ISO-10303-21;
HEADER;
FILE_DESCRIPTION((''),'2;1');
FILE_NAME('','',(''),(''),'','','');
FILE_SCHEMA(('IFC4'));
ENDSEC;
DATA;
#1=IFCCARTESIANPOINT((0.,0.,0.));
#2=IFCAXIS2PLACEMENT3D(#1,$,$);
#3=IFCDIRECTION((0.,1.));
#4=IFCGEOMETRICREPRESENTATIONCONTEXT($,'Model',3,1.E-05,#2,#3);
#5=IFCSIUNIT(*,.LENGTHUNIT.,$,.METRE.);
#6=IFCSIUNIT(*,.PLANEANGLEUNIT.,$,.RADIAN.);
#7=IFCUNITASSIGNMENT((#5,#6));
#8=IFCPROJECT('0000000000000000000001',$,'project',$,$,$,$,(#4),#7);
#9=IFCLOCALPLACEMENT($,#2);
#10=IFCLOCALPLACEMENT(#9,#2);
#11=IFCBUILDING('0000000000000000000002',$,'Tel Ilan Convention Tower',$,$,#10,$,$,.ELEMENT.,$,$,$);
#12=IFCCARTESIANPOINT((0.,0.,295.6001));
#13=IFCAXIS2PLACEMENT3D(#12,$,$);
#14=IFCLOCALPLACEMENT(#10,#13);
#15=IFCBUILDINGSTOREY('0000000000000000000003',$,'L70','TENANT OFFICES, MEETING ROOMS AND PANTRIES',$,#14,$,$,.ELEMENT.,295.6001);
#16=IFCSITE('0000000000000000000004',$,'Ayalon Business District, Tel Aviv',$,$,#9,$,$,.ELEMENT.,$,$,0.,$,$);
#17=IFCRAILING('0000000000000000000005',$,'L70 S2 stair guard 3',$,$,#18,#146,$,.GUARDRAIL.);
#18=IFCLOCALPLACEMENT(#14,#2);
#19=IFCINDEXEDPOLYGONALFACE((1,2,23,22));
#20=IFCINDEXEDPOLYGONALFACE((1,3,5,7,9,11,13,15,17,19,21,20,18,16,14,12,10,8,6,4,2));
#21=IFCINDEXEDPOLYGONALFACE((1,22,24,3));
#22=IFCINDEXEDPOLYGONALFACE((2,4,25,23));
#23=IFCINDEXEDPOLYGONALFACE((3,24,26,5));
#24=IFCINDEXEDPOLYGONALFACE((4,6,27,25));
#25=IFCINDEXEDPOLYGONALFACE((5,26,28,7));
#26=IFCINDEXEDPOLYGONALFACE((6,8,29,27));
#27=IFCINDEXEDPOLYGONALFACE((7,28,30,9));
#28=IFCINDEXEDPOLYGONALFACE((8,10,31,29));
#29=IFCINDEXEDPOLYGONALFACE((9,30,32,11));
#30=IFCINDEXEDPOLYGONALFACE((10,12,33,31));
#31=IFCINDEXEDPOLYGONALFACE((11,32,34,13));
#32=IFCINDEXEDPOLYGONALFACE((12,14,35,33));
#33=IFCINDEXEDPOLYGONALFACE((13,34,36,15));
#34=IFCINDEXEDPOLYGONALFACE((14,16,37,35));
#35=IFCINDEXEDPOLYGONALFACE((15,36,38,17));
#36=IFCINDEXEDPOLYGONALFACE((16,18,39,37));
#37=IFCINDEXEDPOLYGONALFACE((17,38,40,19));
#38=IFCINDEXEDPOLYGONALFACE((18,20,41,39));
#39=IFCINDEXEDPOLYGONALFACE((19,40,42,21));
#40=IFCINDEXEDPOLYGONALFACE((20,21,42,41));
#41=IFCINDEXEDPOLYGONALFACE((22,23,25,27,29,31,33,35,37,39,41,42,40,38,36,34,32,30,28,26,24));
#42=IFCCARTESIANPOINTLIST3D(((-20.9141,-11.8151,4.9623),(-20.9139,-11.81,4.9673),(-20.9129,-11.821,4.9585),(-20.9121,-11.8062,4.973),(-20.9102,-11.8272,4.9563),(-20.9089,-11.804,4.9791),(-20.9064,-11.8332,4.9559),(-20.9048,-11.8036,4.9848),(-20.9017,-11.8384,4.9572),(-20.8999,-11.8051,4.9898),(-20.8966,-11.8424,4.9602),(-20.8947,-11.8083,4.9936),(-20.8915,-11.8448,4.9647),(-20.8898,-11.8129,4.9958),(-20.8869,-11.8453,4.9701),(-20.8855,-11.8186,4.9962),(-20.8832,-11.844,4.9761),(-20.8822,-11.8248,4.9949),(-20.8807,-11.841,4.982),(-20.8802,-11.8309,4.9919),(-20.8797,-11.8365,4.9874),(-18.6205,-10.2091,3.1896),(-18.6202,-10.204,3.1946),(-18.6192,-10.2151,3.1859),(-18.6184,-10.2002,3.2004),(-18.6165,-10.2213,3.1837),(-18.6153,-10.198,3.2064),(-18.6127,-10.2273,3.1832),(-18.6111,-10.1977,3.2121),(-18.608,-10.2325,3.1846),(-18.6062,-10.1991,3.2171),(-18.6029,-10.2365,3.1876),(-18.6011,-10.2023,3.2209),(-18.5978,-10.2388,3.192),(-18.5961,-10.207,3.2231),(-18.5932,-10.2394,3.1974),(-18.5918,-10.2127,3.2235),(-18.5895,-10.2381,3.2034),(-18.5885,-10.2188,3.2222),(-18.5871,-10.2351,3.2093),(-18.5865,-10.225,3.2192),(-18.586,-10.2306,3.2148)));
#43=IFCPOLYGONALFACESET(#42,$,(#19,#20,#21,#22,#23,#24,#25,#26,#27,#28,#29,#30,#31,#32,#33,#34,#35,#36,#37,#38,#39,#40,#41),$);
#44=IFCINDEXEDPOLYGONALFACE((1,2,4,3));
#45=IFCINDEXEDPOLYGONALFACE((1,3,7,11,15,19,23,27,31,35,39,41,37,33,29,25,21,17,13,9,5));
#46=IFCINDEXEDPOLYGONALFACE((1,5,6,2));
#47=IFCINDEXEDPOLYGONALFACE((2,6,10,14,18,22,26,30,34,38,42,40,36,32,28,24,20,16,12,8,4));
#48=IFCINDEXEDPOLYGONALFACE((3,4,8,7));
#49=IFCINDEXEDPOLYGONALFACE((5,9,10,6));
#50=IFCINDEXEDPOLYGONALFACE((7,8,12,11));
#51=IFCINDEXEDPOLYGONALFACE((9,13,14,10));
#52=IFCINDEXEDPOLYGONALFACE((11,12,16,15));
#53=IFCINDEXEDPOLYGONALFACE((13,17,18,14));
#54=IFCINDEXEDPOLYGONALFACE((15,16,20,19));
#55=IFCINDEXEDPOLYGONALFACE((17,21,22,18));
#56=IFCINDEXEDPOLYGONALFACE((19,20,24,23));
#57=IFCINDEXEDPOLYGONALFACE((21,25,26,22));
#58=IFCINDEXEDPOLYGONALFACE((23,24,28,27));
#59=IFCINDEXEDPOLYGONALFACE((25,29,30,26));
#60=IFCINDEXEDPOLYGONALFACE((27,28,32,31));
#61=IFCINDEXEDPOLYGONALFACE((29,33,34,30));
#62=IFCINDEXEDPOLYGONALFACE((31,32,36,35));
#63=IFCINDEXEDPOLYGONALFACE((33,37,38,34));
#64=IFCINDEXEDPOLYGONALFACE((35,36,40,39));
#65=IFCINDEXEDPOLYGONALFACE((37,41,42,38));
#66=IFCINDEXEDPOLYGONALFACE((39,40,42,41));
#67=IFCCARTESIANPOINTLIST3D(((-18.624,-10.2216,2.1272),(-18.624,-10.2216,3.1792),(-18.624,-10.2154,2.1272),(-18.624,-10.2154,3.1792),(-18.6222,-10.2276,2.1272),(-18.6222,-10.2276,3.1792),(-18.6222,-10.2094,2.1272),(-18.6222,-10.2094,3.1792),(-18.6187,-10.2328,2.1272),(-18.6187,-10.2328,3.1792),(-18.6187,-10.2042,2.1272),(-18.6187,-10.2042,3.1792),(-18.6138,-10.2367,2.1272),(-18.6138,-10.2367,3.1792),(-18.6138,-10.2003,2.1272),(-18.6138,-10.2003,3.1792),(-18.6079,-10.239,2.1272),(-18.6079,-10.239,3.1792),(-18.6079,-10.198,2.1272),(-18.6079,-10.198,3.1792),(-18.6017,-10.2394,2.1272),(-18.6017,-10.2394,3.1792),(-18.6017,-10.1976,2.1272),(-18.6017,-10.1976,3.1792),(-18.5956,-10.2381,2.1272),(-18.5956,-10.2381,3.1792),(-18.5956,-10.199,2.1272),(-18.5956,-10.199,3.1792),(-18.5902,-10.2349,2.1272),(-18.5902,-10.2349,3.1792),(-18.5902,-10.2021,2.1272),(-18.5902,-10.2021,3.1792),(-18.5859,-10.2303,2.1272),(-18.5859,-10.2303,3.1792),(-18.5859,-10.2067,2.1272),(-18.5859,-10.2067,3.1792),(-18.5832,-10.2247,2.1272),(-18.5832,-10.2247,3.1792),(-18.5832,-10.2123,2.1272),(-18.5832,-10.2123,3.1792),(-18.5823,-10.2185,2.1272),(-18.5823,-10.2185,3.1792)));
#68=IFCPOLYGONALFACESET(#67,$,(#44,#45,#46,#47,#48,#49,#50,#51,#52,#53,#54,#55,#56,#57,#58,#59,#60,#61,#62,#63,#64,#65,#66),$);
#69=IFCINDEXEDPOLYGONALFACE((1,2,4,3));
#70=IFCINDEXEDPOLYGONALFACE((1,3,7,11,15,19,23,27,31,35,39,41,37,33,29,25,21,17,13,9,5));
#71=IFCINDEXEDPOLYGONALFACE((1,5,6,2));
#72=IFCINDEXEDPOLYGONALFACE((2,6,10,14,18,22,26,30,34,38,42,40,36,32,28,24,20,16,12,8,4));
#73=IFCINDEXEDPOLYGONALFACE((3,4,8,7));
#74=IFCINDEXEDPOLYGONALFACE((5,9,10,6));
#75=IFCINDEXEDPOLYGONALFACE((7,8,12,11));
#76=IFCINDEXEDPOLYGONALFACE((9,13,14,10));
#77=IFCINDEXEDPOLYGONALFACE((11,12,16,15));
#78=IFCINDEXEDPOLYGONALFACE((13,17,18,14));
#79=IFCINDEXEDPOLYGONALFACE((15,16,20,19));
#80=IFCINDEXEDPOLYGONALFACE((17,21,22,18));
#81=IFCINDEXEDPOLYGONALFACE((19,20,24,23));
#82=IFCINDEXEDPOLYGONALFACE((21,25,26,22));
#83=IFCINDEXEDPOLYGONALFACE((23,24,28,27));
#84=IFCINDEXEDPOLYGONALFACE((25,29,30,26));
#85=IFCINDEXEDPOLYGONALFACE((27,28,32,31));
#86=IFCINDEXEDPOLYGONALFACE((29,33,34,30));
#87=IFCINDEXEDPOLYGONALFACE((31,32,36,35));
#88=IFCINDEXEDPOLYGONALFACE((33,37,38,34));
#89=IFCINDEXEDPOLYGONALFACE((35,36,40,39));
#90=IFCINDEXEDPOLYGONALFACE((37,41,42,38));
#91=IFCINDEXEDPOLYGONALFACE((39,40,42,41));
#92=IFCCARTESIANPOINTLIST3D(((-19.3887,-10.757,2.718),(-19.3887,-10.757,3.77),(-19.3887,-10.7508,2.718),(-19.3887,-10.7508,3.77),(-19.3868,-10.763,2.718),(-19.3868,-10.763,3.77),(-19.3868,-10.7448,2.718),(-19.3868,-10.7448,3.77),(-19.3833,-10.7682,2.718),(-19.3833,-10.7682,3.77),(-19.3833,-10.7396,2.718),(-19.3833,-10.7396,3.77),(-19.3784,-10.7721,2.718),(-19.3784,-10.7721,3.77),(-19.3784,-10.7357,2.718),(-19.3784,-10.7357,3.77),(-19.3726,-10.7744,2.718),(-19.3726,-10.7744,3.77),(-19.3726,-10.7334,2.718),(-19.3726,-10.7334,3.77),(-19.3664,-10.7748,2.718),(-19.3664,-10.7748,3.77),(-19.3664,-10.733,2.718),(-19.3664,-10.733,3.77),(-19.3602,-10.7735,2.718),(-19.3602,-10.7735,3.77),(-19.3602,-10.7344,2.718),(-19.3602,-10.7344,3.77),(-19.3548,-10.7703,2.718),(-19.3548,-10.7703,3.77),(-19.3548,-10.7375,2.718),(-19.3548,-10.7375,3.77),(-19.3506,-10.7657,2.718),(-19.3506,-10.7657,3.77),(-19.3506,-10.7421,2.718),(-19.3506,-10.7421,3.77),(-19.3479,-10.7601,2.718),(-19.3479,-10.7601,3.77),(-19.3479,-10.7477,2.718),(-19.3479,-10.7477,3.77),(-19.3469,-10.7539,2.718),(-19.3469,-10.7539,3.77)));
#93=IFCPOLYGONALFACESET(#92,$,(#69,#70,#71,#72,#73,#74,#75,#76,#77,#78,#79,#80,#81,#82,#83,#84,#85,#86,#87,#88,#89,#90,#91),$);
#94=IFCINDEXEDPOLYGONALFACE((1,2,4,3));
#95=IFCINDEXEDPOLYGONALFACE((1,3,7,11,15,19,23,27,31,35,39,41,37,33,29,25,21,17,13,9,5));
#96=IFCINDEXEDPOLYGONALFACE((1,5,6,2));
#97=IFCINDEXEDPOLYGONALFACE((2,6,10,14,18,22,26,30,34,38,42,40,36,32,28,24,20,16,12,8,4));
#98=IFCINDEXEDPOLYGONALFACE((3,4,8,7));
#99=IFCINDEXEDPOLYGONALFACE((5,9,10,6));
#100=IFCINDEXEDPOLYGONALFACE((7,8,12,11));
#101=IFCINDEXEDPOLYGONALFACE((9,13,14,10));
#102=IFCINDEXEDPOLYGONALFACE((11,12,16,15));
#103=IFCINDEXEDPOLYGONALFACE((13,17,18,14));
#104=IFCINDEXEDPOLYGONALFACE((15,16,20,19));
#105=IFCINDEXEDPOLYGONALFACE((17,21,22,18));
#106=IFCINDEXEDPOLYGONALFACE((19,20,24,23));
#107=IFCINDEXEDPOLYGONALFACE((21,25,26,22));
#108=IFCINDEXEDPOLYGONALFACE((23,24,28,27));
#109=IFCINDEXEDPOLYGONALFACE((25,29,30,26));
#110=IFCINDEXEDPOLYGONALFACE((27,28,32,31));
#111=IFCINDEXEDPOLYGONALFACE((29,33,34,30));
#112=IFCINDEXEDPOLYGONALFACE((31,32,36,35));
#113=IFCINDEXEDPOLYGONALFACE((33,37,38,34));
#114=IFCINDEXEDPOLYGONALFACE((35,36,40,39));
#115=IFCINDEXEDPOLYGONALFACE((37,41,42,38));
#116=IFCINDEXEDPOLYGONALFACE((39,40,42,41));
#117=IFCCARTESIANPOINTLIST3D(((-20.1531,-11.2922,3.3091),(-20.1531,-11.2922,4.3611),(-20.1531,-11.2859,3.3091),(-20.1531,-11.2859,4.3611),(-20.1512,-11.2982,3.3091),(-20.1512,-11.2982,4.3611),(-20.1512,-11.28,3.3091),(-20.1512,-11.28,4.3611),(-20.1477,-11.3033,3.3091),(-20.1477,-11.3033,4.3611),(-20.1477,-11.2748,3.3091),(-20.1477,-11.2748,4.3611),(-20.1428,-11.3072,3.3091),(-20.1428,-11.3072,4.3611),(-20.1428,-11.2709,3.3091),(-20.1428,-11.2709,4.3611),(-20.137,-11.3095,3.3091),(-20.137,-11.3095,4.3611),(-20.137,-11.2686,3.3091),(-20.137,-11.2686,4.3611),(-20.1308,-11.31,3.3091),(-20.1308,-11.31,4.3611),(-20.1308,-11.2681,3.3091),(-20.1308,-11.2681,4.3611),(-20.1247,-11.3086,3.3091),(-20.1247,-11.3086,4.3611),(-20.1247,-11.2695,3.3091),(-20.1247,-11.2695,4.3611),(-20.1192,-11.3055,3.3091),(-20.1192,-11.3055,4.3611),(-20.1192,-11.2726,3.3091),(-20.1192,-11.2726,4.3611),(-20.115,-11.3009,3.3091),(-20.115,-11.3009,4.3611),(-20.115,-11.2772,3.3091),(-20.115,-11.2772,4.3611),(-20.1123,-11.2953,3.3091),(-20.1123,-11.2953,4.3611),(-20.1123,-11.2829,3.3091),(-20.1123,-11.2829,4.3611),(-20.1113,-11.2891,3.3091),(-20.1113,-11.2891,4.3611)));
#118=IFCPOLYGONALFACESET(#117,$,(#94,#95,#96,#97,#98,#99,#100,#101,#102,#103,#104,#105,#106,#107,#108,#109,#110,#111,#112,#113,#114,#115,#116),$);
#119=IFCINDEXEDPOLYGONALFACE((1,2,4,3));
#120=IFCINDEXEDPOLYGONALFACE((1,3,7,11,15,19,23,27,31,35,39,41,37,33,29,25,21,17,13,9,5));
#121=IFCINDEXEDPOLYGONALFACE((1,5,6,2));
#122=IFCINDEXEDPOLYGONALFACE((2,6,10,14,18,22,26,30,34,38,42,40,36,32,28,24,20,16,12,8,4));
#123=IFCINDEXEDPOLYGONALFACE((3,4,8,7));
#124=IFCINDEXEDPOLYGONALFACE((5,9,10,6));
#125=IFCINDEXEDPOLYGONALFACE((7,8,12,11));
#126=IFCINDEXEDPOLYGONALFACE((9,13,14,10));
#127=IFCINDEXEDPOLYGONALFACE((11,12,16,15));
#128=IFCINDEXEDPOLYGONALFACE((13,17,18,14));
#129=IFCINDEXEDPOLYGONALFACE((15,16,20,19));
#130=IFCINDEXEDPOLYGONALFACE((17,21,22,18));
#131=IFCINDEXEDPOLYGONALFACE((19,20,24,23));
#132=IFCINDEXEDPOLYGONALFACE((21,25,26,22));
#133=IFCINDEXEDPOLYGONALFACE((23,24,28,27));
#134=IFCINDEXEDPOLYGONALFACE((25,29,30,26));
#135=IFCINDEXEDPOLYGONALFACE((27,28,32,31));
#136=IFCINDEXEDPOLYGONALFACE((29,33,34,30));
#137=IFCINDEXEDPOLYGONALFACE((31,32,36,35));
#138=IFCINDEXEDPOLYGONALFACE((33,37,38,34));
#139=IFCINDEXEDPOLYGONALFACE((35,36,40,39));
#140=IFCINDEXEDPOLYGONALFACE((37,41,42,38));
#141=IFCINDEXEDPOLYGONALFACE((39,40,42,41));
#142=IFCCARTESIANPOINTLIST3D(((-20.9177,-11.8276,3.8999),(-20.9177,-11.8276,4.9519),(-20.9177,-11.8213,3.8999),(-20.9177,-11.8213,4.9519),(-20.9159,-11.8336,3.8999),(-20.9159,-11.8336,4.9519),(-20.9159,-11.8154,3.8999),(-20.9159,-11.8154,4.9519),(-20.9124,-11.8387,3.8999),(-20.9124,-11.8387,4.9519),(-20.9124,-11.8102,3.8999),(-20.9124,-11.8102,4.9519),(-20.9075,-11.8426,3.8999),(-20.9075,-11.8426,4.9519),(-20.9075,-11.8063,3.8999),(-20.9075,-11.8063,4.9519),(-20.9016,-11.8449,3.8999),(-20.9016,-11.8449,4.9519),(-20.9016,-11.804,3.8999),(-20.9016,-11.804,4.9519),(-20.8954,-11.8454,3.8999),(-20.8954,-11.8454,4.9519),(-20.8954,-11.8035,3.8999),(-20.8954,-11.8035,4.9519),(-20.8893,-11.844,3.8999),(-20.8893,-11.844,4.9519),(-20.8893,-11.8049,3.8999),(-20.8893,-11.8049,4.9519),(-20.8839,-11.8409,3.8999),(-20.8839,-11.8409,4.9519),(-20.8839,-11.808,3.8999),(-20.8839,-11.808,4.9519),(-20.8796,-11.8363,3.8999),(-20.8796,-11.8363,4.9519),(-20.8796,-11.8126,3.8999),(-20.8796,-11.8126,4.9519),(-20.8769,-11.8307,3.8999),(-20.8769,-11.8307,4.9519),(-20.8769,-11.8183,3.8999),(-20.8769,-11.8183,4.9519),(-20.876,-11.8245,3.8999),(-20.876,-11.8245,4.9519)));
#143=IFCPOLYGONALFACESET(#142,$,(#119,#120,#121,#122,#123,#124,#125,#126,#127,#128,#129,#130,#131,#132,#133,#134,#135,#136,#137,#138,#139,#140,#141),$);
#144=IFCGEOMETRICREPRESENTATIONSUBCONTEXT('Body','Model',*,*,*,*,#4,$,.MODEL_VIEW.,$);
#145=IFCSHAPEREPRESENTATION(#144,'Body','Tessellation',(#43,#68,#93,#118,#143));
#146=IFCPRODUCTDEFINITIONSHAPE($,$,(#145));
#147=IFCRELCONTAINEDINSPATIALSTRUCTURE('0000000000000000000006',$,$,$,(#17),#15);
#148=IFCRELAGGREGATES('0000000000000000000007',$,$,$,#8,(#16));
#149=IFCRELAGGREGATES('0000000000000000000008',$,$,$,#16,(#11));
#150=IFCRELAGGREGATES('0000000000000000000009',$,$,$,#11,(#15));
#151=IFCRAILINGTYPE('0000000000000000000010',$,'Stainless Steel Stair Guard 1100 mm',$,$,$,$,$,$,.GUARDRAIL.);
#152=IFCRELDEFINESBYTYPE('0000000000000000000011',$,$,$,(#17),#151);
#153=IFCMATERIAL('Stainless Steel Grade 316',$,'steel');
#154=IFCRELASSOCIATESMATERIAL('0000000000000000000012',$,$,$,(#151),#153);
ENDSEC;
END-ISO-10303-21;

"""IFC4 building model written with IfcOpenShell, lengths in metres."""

from ifc_helpers import new_model, si_unit, direction, frame, origin, origin_2d, place, context, subcontext, project, spatial, circle, extrude, material, type_object, element, save


model = new_model("IFC4")

# Units and contexts
model_context = context("Model", 3, precision=1e-05, world=origin(), true_north=direction((0.0, 1.0)))
body_context = subcontext(model_context, "Body", "Model", "MODEL_VIEW")
ifc_project = project(units=[si_unit("LENGTHUNIT", "METRE"), si_unit("PLANEANGLEUNIT", "RADIAN")], contexts=[model_context])

# Site, building, storey
site_placement = place(None, origin())
site = spatial("IfcSite", under=ifc_project, at=site_placement, Name="Ayalon Business District, Tel Aviv", CompositionType="ELEMENT", RefElevation=0.0)
building_placement = place(site_placement, origin())
building = spatial("IfcBuilding", under=site, at=building_placement, Name="Tel Ilan Convention Tower", CompositionType="ELEMENT")
storey_placement = place(building_placement, frame((0.0, 0.0, 295.6001)))
storey = spatial("IfcBuildingStorey", under=building, at=storey_placement, Name="L70", Description="TENANT OFFICES, MEETING ROOMS AND PANTRIES", CompositionType="ELEMENT", Elevation=295.6001)

# Railing
ifc_material_1 = material(Name="Stainless Steel Grade 316", Category="steel")
railing_type_1 = type_object("IfcRailingType", Name="Stainless Steel Stair Guard 1100 mm", PredefinedType="GUARDRAIL", material=ifc_material_1)
railing_1_placement = place(storey_placement, frame((-18.6033, -10.2185, 2.1272)))
element("IfcRailing", 1, at=railing_1_placement, inside=storey, type_object=railing_type_1, Name="L70 S2 stair guard 3", PredefinedType="GUARDRAIL", context=body_context, shape_type="SweptSolid", body=[
    extrude(circle(Radius=0.0239, at=origin_2d()), frame((0.0, 0.0, 1.0762), z_axis=(-0.692123, -0.484597, 0.534913), x_axis=(0.57355, -0.81917, 0.0)), (0.0, 0.0, 1.0), 3.314),
    extrude(circle(Radius=0.021, at=origin_2d()), origin(), (0.0, 0.0, 1.0), 1.052),
    extrude(circle(Radius=0.021, at=origin_2d()), frame((-0.7646, -0.5354, 0.5908)), (0.0, 0.0, 1.0), 1.052),
    extrude(circle(Radius=0.021, at=origin_2d()), frame((-1.5291, -1.0706, 1.1819)), (0.0, 0.0, 1.0), 1.052),
    extrude(circle(Radius=0.021, at=origin_2d()), frame((-2.2937, -1.606, 1.7727)), (0.0, 0.0, 1.0), 1.052),
])

save(model, "model.ifc")
